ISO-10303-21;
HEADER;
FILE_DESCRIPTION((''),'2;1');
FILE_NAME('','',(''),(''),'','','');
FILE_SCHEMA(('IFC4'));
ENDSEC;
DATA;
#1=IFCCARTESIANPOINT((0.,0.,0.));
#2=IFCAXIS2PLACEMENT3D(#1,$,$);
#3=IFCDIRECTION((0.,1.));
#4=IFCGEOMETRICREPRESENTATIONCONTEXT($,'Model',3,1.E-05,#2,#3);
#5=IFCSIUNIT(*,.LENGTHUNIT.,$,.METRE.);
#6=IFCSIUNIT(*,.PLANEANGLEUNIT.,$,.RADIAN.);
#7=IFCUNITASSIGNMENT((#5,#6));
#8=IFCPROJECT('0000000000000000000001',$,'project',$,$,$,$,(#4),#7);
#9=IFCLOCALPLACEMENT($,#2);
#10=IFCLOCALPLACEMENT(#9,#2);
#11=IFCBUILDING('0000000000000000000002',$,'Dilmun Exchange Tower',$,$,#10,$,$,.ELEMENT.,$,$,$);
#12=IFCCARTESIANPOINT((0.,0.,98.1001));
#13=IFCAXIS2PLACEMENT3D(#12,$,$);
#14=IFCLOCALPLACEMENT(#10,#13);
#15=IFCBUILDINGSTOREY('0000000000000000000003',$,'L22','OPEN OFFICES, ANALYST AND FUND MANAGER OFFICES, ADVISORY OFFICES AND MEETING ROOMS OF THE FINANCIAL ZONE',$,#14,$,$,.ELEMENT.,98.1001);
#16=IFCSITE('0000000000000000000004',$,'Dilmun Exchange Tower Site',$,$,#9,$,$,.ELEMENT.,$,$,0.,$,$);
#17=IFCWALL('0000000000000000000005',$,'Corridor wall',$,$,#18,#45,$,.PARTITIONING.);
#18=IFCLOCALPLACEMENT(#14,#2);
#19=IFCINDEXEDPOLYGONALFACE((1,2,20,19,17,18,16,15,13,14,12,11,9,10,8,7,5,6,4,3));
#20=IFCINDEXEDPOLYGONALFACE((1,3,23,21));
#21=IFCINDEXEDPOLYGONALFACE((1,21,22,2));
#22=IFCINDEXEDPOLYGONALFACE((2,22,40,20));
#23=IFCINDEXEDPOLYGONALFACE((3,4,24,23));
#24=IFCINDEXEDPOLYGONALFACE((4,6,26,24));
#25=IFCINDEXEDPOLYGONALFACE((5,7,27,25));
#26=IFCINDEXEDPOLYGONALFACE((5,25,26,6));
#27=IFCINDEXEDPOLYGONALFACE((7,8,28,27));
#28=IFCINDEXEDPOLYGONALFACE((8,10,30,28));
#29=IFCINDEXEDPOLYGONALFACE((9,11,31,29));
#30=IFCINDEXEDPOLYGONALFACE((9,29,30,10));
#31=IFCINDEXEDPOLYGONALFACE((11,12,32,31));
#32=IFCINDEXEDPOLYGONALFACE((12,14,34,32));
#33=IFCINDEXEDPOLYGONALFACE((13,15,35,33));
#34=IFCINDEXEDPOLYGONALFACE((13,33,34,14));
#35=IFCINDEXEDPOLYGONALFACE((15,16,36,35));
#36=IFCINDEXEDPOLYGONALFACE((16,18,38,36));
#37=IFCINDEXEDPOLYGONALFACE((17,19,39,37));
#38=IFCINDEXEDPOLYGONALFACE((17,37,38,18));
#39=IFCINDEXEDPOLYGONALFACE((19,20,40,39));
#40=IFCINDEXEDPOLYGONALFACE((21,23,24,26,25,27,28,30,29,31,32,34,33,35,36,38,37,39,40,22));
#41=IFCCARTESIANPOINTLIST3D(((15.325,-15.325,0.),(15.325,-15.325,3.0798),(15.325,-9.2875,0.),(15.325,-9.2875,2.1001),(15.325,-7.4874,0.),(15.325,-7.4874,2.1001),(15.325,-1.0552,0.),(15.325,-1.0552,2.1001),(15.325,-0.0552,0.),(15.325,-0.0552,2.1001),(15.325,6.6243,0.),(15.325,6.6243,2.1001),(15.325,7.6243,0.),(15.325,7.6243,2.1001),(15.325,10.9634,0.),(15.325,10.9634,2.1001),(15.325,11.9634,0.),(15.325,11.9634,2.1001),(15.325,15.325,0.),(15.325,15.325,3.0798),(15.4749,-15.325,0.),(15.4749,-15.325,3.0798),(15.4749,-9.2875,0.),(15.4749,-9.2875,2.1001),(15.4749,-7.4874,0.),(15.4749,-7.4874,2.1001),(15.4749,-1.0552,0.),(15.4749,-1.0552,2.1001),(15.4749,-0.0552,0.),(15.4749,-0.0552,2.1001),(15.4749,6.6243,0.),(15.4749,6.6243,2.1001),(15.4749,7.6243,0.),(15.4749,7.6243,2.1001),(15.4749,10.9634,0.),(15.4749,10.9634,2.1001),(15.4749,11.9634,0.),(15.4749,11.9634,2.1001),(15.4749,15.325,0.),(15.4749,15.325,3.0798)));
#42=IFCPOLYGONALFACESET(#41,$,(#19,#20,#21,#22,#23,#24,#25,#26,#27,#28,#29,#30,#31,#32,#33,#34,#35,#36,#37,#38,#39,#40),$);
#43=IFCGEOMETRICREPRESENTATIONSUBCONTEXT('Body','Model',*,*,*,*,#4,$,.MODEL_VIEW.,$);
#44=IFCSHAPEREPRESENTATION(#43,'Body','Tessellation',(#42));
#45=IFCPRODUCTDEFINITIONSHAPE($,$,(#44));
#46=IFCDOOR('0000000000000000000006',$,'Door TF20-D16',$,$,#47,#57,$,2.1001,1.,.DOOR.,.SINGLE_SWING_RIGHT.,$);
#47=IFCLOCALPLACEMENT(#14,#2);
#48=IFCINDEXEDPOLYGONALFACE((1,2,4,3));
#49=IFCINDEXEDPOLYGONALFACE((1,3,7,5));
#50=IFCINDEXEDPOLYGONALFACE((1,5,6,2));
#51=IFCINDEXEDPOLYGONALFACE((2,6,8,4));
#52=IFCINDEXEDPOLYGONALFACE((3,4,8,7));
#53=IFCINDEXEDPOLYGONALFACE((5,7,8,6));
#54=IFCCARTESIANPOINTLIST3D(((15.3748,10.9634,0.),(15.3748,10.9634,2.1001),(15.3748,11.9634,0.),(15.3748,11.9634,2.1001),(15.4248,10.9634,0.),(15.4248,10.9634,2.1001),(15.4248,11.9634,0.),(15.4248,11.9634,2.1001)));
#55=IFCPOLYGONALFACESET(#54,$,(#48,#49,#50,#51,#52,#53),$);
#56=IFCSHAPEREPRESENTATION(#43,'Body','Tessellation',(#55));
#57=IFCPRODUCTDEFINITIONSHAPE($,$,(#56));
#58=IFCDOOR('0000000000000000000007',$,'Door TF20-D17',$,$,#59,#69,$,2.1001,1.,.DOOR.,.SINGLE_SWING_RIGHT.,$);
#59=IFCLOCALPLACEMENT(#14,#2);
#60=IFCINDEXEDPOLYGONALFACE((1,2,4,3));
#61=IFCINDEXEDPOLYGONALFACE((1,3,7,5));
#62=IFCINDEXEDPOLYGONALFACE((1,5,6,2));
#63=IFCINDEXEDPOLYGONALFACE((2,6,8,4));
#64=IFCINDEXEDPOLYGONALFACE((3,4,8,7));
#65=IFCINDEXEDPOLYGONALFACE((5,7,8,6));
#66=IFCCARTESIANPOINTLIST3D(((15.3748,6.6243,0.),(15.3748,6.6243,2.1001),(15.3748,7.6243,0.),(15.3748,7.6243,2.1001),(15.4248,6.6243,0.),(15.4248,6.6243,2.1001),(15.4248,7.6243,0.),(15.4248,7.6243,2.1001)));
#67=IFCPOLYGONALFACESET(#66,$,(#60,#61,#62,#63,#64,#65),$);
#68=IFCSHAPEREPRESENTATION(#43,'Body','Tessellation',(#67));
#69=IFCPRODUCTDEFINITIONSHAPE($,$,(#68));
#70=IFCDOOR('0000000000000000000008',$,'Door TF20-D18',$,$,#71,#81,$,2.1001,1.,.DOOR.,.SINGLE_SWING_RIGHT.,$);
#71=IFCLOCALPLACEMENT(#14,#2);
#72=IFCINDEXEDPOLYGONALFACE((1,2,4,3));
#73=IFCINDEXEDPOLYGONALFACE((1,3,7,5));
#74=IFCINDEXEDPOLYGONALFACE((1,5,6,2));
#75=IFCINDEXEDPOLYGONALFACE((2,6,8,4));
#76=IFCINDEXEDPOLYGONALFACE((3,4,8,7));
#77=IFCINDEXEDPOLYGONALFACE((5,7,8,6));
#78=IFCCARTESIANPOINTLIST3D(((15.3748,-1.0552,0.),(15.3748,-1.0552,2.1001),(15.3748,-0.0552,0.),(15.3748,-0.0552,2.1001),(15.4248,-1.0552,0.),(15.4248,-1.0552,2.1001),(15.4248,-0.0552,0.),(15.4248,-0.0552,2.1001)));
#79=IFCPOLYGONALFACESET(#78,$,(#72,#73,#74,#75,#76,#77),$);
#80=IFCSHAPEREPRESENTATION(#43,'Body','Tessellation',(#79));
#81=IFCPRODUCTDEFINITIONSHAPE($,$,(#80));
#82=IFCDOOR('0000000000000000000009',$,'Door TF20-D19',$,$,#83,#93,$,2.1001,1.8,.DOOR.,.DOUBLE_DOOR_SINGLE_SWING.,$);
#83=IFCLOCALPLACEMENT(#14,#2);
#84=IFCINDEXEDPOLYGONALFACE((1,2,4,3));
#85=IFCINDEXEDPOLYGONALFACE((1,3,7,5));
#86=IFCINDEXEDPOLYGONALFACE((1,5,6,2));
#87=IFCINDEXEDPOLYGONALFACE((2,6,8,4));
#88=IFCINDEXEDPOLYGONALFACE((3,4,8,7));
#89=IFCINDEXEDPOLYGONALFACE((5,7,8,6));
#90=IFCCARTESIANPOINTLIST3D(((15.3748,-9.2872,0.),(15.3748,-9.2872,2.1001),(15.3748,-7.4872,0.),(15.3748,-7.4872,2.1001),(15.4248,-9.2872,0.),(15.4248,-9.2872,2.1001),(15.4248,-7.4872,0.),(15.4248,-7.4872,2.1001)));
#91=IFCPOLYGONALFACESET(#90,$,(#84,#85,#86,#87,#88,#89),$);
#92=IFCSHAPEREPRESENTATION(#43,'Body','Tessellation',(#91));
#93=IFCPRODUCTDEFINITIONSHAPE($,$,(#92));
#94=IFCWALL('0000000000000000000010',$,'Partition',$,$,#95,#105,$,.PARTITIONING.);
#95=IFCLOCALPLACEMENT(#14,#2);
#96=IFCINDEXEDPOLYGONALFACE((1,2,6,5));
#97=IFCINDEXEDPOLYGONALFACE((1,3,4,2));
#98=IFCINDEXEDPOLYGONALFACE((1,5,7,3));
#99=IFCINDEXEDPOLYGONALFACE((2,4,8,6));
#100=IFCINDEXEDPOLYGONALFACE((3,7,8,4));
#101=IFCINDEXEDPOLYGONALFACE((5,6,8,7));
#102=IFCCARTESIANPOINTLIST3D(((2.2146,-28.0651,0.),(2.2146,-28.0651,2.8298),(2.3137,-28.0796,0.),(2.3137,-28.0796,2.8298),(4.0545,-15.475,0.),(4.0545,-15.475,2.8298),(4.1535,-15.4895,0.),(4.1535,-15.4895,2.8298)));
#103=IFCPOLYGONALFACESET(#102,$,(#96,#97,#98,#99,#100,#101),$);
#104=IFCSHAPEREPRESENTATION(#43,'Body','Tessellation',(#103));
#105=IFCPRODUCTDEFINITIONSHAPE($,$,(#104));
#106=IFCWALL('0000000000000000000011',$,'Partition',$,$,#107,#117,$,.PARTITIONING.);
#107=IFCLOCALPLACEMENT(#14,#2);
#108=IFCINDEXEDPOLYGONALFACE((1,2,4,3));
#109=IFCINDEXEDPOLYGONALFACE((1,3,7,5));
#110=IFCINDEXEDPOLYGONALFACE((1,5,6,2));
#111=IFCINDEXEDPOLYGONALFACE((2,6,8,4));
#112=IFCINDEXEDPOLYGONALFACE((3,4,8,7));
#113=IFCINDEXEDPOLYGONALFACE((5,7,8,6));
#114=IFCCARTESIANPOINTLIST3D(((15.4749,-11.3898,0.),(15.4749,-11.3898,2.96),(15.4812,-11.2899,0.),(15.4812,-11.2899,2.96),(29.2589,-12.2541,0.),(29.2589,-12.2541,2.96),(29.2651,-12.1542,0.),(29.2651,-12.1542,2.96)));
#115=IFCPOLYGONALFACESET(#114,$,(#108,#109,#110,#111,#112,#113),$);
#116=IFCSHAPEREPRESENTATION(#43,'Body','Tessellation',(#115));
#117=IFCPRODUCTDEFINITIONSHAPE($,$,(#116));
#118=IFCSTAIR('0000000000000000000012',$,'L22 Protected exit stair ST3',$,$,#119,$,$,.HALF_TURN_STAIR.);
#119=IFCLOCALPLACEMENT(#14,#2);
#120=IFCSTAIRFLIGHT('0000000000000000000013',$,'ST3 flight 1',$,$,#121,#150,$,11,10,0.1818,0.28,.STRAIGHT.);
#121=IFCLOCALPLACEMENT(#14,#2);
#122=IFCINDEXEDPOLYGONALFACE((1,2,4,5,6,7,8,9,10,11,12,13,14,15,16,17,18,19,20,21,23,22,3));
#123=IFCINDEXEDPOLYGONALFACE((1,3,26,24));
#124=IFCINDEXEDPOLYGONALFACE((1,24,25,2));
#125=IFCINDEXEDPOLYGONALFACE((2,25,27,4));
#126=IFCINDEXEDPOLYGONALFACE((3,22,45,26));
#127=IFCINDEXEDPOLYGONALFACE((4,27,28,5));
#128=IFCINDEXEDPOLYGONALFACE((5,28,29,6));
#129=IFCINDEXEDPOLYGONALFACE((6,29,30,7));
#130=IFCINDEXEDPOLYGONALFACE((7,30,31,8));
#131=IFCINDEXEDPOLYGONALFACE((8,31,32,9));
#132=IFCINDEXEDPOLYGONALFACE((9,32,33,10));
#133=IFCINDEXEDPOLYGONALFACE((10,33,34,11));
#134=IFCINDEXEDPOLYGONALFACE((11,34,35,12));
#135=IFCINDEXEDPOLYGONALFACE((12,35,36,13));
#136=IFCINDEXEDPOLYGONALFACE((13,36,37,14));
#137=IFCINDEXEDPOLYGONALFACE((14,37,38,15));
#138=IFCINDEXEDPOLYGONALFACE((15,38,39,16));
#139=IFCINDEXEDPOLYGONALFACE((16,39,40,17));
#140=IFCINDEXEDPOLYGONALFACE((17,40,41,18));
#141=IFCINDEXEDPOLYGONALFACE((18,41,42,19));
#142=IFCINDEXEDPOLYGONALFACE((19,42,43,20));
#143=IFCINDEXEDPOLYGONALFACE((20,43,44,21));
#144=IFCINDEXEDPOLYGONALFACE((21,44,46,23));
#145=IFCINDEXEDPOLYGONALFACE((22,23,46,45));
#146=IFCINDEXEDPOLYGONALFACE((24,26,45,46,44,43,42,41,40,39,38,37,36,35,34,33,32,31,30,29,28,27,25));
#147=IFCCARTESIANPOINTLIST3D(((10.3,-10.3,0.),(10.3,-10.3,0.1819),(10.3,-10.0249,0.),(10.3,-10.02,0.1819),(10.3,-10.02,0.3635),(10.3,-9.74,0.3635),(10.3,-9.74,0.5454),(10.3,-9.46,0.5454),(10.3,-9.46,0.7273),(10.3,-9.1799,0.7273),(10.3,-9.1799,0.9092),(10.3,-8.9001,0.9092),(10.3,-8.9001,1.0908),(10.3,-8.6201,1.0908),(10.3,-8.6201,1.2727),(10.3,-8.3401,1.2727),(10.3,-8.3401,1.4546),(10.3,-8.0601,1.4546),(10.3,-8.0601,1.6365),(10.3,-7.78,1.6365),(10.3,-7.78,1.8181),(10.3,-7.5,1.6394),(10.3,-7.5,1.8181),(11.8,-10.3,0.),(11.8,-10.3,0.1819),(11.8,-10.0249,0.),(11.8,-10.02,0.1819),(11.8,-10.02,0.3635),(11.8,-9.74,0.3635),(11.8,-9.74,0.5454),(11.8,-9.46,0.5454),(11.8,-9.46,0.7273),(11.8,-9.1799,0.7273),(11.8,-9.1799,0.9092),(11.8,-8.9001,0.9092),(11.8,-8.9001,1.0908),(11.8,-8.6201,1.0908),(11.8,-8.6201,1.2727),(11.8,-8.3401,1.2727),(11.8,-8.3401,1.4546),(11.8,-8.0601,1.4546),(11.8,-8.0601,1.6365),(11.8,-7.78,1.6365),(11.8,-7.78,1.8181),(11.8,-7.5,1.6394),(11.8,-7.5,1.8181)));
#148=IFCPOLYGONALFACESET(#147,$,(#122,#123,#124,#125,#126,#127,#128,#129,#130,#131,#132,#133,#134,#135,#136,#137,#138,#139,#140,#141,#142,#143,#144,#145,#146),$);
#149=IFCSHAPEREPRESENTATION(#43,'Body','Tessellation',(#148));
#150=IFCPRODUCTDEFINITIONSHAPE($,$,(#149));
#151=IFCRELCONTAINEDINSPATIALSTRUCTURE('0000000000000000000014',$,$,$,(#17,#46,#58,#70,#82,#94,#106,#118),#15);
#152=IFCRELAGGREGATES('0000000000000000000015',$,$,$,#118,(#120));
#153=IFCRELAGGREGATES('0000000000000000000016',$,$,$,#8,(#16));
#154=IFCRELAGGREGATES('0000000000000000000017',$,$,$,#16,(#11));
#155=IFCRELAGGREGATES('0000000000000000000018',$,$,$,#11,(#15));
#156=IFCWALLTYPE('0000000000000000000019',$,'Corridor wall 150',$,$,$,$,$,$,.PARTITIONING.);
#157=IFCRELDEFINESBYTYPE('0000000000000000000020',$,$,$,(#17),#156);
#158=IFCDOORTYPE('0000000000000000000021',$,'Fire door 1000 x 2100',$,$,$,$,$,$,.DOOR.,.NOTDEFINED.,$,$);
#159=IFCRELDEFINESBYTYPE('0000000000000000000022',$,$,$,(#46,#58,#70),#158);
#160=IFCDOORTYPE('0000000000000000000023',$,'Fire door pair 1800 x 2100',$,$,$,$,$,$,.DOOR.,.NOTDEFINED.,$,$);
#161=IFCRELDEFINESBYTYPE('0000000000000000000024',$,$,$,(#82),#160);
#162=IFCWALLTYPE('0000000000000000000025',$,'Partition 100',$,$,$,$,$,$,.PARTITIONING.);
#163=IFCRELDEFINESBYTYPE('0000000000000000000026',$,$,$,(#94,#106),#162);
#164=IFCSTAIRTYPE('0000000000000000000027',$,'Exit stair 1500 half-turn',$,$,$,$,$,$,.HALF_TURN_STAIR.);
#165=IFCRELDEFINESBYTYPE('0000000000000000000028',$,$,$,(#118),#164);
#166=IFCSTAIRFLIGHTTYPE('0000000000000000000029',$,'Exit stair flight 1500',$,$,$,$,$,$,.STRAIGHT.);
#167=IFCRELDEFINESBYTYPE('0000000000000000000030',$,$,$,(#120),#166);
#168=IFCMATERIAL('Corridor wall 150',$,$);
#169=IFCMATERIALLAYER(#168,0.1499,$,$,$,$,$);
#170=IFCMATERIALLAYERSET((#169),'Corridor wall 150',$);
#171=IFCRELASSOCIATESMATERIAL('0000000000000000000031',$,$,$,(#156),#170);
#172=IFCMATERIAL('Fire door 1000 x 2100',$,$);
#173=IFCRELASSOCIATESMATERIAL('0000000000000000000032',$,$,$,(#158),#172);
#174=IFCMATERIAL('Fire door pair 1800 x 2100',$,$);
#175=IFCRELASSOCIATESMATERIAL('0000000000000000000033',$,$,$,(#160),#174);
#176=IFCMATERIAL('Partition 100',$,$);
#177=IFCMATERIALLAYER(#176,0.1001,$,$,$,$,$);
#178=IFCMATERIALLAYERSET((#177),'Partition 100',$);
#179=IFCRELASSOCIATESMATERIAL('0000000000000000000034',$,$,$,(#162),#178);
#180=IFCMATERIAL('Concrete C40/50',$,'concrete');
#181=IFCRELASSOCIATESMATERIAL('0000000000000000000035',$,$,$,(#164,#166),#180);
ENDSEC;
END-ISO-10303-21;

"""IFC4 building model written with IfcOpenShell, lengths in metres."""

from ifc_helpers import new_model, si_unit, direction, frame, frame_2d, origin, place, context, subcontext, project, spatial, polyline, rectangle, outline, extrude, material, layer, layer_set, type_object, element, fill, aggregate, save


model = new_model("IFC4")

# Units and contexts
model_context = context("Model", 3, precision=1e-05, world=origin(), true_north=direction((0.0, 1.0)))
body_context = subcontext(model_context, "Body", "Model", "MODEL_VIEW")
ifc_project = project(units=[si_unit("LENGTHUNIT", "METRE"), si_unit("PLANEANGLEUNIT", "RADIAN")], contexts=[model_context])

# Site, building, storey
site_placement = place(None, origin())
site = spatial("IfcSite", under=ifc_project, at=site_placement, Name="Dilmun Exchange Tower Site", CompositionType="ELEMENT", RefElevation=0.0)
building_placement = place(site_placement, origin())
building = spatial("IfcBuilding", under=site, at=building_placement, Name="Dilmun Exchange Tower", CompositionType="ELEMENT")
storey_placement = place(building_placement, frame((0.0, 0.0, 98.1001)))
storey = spatial("IfcBuildingStorey", under=building, at=storey_placement, Name="L22", Description="OPEN OFFICES, ANALYST AND FUND MANAGER OFFICES, ADVISORY OFFICES AND MEETING ROOMS OF THE FINANCIAL ZONE", CompositionType="ELEMENT", Elevation=98.1001)

# Shared definitions
ifc_material_1 = material(Name="Concrete C40/50", Category="concrete")

# Wall, openings, doors
ifc_material_2 = material(Name="Corridor wall 150")
ifc_layer_1 = layer(ifc_material_2, 0.1499)
ifc_layer_set_1 = layer_set([ifc_layer_1], Name="Corridor wall 150")
wall_type_1 = type_object("IfcWallType", Name="Corridor wall 150", PredefinedType="PARTITIONING", material=ifc_layer_set_1)
wall_1_placement = place(storey_placement, frame((15.3999, -15.325, 0.0), z_axis=(0.0, 0.0, 1.0), x_axis=(0.0, 1.0, 0.0)))
wall_1 = element("IfcWall", 1, at=wall_1_placement, inside=storey, type_object=wall_type_1, Name="Corridor wall", PredefinedType="PARTITIONING", context=body_context, shape_type="SweptSolid", body=[
    extrude(rectangle(XDim=30.6499, YDim=0.1499, at=frame_2d((15.325, 0.0))), origin(), (0.0, 0.0, 1.0), 3.0798),
])
opening_1_placement = place(wall_1_placement, frame((26.2883, 0.0, 0.0)))
opening_1 = element("IfcOpeningElement", 2, at=opening_1_placement, cuts=wall_1, PredefinedType="OPENING", context=body_context, shape_type="SweptSolid", body=[
    extrude(rectangle(XDim=1.0, YDim=2.1001, at=frame_2d((0.5, 1.05))), frame((0.0, 0.085, 0.0), z_axis=(0.0, -1.0, 0.0), x_axis=(1.0, 0.0, 0.0)), (0.0, 0.0, 1.0), 0.1699),
])
opening_2_placement = place(wall_1_placement, frame((21.9492, 0.0, 0.0)))
opening_2 = element("IfcOpeningElement", 3, at=opening_2_placement, cuts=wall_1, PredefinedType="OPENING", context=body_context, shape_type="SweptSolid", body=[
    extrude(rectangle(XDim=1.0, YDim=2.1001, at=frame_2d((0.5, 1.05))), frame((0.0, 0.085, 0.0), z_axis=(0.0, -1.0, 0.0), x_axis=(1.0, 0.0, 0.0)), (0.0, 0.0, 1.0), 0.1699),
])
opening_3_placement = place(wall_1_placement, frame((14.2698, 0.0, 0.0)))
opening_3 = element("IfcOpeningElement", 4, at=opening_3_placement, cuts=wall_1, PredefinedType="OPENING", context=body_context, shape_type="SweptSolid", body=[
    extrude(rectangle(XDim=1.0, YDim=2.1001, at=frame_2d((0.5, 1.05))), frame((0.0, 0.085, 0.0), z_axis=(0.0, -1.0, 0.0), x_axis=(1.0, 0.0, 0.0)), (0.0, 0.0, 1.0), 0.1699),
])
opening_4_placement = place(wall_1_placement, frame((6.0376, 0.0, 0.0)))
opening_4 = element("IfcOpeningElement", 5, at=opening_4_placement, cuts=wall_1, PredefinedType="OPENING", context=body_context, shape_type="SweptSolid", body=[
    extrude(rectangle(XDim=1.8, YDim=2.1001, at=frame_2d((0.8999, 1.05))), frame((0.0, 0.085, 0.0), z_axis=(0.0, -1.0, 0.0), x_axis=(1.0, 0.0, 0.0)), (0.0, 0.0, 1.0), 0.1699),
])
ifc_material_3 = material(Name="Fire door 1000 x 2100")
door_type_1 = type_object("IfcDoorType", Name="Fire door 1000 x 2100", OperationType="NOTDEFINED", PredefinedType="DOOR", material=ifc_material_3)
door_1_placement = place(opening_1_placement, frame((1.0, 0.0, 0.0), z_axis=(0.0, 0.0, 1.0), x_axis=(-1.0, 0.0, 0.0)))
door_1 = element("IfcDoor", 6, at=door_1_placement, inside=storey, type_object=door_type_1, Name="Door TF20-D16", OperationType="SINGLE_SWING_RIGHT", OverallHeight=2.1001, OverallWidth=1.0, PredefinedType="DOOR", context=body_context, shape_type="SweptSolid", body=[
    extrude(rectangle(XDim=1.0, YDim=2.1001, at=frame_2d((0.5, 1.05))), frame((0.0, 0.0249, 0.0), z_axis=(0.0, -1.0, 0.0), x_axis=(1.0, 0.0, 0.0)), (0.0, 0.0, 1.0), 0.05),
])
fill(opening_1, door_1)
door_2_placement = place(opening_2_placement, frame((1.0, 0.0, 0.0), z_axis=(0.0, 0.0, 1.0), x_axis=(-1.0, 0.0, 0.0)))
door_2 = element("IfcDoor", 7, at=door_2_placement, inside=storey, type_object=door_type_1, Name="Door TF20-D17", OperationType="SINGLE_SWING_RIGHT", OverallHeight=2.1001, OverallWidth=1.0, PredefinedType="DOOR", context=body_context, shape_type="SweptSolid", body=[
    extrude(rectangle(XDim=1.0, YDim=2.1001, at=frame_2d((0.5, 1.05))), frame((0.0, 0.0249, 0.0), z_axis=(0.0, -1.0, 0.0), x_axis=(1.0, 0.0, 0.0)), (0.0, 0.0, 1.0), 0.05),
])
fill(opening_2, door_2)
door_3_placement = place(opening_3_placement, frame((1.0, 0.0, 0.0), z_axis=(0.0, 0.0, 1.0), x_axis=(-1.0, 0.0, 0.0)))
door_3 = element("IfcDoor", 8, at=door_3_placement, inside=storey, type_object=door_type_1, Name="Door TF20-D18", OperationType="SINGLE_SWING_RIGHT", OverallHeight=2.1001, OverallWidth=1.0, PredefinedType="DOOR", context=body_context, shape_type="SweptSolid", body=[
    extrude(rectangle(XDim=1.0, YDim=2.1001, at=frame_2d((0.5, 1.05))), frame((0.0, 0.0249, 0.0), z_axis=(0.0, -1.0, 0.0), x_axis=(1.0, 0.0, 0.0)), (0.0, 0.0, 1.0), 0.05),
])
fill(opening_3, door_3)
ifc_material_4 = material(Name="Fire door pair 1800 x 2100")
door_type_2 = type_object("IfcDoorType", Name="Fire door pair 1800 x 2100", OperationType="NOTDEFINED", PredefinedType="DOOR", material=ifc_material_4)
door_4_placement = place(opening_4_placement, frame((1.8, 0.0, 0.0), z_axis=(0.0, 0.0, 1.0), x_axis=(-1.0, 0.0, 0.0)))
door_4 = element("IfcDoor", 9, at=door_4_placement, inside=storey, type_object=door_type_2, Name="Door TF20-D19", OperationType="DOUBLE_DOOR_SINGLE_SWING", OverallHeight=2.1001, OverallWidth=1.8, PredefinedType="DOOR", context=body_context, shape_type="SweptSolid", body=[
    extrude(rectangle(XDim=1.8, YDim=2.1001, at=frame_2d((0.8999, 1.05))), frame((0.0, 0.0249, 0.0), z_axis=(0.0, -1.0, 0.0), x_axis=(1.0, 0.0, 0.0)), (0.0, 0.0, 1.0), 0.05),
])
fill(opening_4, door_4)

# Walls
ifc_material_5 = material(Name="Partition 100")
ifc_layer_2 = layer(ifc_material_5, 0.1001)
ifc_layer_set_2 = layer_set([ifc_layer_2], Name="Partition 100")
wall_type_2 = type_object("IfcWallType", Name="Partition 100", PredefinedType="PARTITIONING", material=ifc_layer_set_2)
wall_2_placement = place(storey_placement, frame((2.2642, -28.0723, 0.0), z_axis=(0.0, 0.0, 1.0), x_axis=(0.144598, 0.98949, 0.0)))
element("IfcWall", 10, at=wall_2_placement, inside=storey, type_object=wall_type_2, Name="Partition", PredefinedType="PARTITIONING", context=body_context, shape_type="SweptSolid", body=[
    extrude(rectangle(XDim=12.7239, YDim=0.1001, at=frame_2d((6.3618, 0.0))), origin(), (0.0, 0.0, 1.0), 2.8298),
])
wall_3_placement = place(storey_placement, frame((15.478, -11.3398, 0.0), z_axis=(0.0, 0.0, 1.0), x_axis=(0.99804, -0.062577, 0.0)))
element("IfcWall", 11, at=wall_3_placement, inside=storey, type_object=wall_type_2, Name="Partition", PredefinedType="PARTITIONING", context=body_context, shape_type="SweptSolid", body=[
    extrude(rectangle(XDim=13.811, YDim=0.1001, at=frame_2d((6.9055, 0.0))), origin(), (0.0, 0.0, 1.0), 2.96),
])

# Stair, stair flight
stair_type = type_object("IfcStairType", Name="Exit stair 1500 half-turn", PredefinedType="HALF_TURN_STAIR", material=ifc_material_1)
stair_placement = place(storey_placement, origin())
stair = element("IfcStair", 12, at=stair_placement, inside=storey, type_object=stair_type, Name="L22 Protected exit stair ST3", PredefinedType="HALF_TURN_STAIR")
stair_flight_type = type_object("IfcStairFlightType", Name="Exit stair flight 1500", PredefinedType="STRAIGHT", material=ifc_material_1)
stair_flight_placement = place(storey_placement, frame((11.05, -10.3, 0.0), z_axis=(0.0, 0.0, 1.0), x_axis=(0.0, 1.0, 0.0)))
stair_flight = element("IfcStairFlight", 13, at=stair_flight_placement, type_object=stair_flight_type, Name="ST3 flight 1", NumberOfRisers=11, NumberOfTreads=10, PredefinedType="STRAIGHT", RiserHeight=0.1818, TreadLength=0.28, context=body_context, shape_type="SweptSolid", body=[
    extrude(outline(polyline([(0.0, 0.0), (0.0, 0.1819), (0.28, 0.1819), (0.28, 0.3635), (0.5601, 0.3635), (0.5601, 0.5454), (0.8401, 0.5454), (0.8401, 0.7273), (1.1201, 0.7273), (1.1201, 0.9092), (1.3999, 0.9092), (1.3999, 1.0908), (1.6799, 1.0908), (1.6799, 1.2727), (1.96, 1.2727), (1.96, 1.4546), (2.24, 1.4546), (2.24, 1.6365), (2.52, 1.6365), (2.52, 1.8181), (2.8, 1.8181), (2.8, 2.0), (2.8, 1.6394), (0.2751, 0.0), (0.0, 0.0)])), frame((0.0, 0.75, 0.0), z_axis=(0.0, -1.0, 0.0), x_axis=(1.0, 0.0, 0.0)), (0.0, 0.0, 1.0), 1.5),
])
aggregate(stair, [stair_flight])

save(model, "model.ifc")
